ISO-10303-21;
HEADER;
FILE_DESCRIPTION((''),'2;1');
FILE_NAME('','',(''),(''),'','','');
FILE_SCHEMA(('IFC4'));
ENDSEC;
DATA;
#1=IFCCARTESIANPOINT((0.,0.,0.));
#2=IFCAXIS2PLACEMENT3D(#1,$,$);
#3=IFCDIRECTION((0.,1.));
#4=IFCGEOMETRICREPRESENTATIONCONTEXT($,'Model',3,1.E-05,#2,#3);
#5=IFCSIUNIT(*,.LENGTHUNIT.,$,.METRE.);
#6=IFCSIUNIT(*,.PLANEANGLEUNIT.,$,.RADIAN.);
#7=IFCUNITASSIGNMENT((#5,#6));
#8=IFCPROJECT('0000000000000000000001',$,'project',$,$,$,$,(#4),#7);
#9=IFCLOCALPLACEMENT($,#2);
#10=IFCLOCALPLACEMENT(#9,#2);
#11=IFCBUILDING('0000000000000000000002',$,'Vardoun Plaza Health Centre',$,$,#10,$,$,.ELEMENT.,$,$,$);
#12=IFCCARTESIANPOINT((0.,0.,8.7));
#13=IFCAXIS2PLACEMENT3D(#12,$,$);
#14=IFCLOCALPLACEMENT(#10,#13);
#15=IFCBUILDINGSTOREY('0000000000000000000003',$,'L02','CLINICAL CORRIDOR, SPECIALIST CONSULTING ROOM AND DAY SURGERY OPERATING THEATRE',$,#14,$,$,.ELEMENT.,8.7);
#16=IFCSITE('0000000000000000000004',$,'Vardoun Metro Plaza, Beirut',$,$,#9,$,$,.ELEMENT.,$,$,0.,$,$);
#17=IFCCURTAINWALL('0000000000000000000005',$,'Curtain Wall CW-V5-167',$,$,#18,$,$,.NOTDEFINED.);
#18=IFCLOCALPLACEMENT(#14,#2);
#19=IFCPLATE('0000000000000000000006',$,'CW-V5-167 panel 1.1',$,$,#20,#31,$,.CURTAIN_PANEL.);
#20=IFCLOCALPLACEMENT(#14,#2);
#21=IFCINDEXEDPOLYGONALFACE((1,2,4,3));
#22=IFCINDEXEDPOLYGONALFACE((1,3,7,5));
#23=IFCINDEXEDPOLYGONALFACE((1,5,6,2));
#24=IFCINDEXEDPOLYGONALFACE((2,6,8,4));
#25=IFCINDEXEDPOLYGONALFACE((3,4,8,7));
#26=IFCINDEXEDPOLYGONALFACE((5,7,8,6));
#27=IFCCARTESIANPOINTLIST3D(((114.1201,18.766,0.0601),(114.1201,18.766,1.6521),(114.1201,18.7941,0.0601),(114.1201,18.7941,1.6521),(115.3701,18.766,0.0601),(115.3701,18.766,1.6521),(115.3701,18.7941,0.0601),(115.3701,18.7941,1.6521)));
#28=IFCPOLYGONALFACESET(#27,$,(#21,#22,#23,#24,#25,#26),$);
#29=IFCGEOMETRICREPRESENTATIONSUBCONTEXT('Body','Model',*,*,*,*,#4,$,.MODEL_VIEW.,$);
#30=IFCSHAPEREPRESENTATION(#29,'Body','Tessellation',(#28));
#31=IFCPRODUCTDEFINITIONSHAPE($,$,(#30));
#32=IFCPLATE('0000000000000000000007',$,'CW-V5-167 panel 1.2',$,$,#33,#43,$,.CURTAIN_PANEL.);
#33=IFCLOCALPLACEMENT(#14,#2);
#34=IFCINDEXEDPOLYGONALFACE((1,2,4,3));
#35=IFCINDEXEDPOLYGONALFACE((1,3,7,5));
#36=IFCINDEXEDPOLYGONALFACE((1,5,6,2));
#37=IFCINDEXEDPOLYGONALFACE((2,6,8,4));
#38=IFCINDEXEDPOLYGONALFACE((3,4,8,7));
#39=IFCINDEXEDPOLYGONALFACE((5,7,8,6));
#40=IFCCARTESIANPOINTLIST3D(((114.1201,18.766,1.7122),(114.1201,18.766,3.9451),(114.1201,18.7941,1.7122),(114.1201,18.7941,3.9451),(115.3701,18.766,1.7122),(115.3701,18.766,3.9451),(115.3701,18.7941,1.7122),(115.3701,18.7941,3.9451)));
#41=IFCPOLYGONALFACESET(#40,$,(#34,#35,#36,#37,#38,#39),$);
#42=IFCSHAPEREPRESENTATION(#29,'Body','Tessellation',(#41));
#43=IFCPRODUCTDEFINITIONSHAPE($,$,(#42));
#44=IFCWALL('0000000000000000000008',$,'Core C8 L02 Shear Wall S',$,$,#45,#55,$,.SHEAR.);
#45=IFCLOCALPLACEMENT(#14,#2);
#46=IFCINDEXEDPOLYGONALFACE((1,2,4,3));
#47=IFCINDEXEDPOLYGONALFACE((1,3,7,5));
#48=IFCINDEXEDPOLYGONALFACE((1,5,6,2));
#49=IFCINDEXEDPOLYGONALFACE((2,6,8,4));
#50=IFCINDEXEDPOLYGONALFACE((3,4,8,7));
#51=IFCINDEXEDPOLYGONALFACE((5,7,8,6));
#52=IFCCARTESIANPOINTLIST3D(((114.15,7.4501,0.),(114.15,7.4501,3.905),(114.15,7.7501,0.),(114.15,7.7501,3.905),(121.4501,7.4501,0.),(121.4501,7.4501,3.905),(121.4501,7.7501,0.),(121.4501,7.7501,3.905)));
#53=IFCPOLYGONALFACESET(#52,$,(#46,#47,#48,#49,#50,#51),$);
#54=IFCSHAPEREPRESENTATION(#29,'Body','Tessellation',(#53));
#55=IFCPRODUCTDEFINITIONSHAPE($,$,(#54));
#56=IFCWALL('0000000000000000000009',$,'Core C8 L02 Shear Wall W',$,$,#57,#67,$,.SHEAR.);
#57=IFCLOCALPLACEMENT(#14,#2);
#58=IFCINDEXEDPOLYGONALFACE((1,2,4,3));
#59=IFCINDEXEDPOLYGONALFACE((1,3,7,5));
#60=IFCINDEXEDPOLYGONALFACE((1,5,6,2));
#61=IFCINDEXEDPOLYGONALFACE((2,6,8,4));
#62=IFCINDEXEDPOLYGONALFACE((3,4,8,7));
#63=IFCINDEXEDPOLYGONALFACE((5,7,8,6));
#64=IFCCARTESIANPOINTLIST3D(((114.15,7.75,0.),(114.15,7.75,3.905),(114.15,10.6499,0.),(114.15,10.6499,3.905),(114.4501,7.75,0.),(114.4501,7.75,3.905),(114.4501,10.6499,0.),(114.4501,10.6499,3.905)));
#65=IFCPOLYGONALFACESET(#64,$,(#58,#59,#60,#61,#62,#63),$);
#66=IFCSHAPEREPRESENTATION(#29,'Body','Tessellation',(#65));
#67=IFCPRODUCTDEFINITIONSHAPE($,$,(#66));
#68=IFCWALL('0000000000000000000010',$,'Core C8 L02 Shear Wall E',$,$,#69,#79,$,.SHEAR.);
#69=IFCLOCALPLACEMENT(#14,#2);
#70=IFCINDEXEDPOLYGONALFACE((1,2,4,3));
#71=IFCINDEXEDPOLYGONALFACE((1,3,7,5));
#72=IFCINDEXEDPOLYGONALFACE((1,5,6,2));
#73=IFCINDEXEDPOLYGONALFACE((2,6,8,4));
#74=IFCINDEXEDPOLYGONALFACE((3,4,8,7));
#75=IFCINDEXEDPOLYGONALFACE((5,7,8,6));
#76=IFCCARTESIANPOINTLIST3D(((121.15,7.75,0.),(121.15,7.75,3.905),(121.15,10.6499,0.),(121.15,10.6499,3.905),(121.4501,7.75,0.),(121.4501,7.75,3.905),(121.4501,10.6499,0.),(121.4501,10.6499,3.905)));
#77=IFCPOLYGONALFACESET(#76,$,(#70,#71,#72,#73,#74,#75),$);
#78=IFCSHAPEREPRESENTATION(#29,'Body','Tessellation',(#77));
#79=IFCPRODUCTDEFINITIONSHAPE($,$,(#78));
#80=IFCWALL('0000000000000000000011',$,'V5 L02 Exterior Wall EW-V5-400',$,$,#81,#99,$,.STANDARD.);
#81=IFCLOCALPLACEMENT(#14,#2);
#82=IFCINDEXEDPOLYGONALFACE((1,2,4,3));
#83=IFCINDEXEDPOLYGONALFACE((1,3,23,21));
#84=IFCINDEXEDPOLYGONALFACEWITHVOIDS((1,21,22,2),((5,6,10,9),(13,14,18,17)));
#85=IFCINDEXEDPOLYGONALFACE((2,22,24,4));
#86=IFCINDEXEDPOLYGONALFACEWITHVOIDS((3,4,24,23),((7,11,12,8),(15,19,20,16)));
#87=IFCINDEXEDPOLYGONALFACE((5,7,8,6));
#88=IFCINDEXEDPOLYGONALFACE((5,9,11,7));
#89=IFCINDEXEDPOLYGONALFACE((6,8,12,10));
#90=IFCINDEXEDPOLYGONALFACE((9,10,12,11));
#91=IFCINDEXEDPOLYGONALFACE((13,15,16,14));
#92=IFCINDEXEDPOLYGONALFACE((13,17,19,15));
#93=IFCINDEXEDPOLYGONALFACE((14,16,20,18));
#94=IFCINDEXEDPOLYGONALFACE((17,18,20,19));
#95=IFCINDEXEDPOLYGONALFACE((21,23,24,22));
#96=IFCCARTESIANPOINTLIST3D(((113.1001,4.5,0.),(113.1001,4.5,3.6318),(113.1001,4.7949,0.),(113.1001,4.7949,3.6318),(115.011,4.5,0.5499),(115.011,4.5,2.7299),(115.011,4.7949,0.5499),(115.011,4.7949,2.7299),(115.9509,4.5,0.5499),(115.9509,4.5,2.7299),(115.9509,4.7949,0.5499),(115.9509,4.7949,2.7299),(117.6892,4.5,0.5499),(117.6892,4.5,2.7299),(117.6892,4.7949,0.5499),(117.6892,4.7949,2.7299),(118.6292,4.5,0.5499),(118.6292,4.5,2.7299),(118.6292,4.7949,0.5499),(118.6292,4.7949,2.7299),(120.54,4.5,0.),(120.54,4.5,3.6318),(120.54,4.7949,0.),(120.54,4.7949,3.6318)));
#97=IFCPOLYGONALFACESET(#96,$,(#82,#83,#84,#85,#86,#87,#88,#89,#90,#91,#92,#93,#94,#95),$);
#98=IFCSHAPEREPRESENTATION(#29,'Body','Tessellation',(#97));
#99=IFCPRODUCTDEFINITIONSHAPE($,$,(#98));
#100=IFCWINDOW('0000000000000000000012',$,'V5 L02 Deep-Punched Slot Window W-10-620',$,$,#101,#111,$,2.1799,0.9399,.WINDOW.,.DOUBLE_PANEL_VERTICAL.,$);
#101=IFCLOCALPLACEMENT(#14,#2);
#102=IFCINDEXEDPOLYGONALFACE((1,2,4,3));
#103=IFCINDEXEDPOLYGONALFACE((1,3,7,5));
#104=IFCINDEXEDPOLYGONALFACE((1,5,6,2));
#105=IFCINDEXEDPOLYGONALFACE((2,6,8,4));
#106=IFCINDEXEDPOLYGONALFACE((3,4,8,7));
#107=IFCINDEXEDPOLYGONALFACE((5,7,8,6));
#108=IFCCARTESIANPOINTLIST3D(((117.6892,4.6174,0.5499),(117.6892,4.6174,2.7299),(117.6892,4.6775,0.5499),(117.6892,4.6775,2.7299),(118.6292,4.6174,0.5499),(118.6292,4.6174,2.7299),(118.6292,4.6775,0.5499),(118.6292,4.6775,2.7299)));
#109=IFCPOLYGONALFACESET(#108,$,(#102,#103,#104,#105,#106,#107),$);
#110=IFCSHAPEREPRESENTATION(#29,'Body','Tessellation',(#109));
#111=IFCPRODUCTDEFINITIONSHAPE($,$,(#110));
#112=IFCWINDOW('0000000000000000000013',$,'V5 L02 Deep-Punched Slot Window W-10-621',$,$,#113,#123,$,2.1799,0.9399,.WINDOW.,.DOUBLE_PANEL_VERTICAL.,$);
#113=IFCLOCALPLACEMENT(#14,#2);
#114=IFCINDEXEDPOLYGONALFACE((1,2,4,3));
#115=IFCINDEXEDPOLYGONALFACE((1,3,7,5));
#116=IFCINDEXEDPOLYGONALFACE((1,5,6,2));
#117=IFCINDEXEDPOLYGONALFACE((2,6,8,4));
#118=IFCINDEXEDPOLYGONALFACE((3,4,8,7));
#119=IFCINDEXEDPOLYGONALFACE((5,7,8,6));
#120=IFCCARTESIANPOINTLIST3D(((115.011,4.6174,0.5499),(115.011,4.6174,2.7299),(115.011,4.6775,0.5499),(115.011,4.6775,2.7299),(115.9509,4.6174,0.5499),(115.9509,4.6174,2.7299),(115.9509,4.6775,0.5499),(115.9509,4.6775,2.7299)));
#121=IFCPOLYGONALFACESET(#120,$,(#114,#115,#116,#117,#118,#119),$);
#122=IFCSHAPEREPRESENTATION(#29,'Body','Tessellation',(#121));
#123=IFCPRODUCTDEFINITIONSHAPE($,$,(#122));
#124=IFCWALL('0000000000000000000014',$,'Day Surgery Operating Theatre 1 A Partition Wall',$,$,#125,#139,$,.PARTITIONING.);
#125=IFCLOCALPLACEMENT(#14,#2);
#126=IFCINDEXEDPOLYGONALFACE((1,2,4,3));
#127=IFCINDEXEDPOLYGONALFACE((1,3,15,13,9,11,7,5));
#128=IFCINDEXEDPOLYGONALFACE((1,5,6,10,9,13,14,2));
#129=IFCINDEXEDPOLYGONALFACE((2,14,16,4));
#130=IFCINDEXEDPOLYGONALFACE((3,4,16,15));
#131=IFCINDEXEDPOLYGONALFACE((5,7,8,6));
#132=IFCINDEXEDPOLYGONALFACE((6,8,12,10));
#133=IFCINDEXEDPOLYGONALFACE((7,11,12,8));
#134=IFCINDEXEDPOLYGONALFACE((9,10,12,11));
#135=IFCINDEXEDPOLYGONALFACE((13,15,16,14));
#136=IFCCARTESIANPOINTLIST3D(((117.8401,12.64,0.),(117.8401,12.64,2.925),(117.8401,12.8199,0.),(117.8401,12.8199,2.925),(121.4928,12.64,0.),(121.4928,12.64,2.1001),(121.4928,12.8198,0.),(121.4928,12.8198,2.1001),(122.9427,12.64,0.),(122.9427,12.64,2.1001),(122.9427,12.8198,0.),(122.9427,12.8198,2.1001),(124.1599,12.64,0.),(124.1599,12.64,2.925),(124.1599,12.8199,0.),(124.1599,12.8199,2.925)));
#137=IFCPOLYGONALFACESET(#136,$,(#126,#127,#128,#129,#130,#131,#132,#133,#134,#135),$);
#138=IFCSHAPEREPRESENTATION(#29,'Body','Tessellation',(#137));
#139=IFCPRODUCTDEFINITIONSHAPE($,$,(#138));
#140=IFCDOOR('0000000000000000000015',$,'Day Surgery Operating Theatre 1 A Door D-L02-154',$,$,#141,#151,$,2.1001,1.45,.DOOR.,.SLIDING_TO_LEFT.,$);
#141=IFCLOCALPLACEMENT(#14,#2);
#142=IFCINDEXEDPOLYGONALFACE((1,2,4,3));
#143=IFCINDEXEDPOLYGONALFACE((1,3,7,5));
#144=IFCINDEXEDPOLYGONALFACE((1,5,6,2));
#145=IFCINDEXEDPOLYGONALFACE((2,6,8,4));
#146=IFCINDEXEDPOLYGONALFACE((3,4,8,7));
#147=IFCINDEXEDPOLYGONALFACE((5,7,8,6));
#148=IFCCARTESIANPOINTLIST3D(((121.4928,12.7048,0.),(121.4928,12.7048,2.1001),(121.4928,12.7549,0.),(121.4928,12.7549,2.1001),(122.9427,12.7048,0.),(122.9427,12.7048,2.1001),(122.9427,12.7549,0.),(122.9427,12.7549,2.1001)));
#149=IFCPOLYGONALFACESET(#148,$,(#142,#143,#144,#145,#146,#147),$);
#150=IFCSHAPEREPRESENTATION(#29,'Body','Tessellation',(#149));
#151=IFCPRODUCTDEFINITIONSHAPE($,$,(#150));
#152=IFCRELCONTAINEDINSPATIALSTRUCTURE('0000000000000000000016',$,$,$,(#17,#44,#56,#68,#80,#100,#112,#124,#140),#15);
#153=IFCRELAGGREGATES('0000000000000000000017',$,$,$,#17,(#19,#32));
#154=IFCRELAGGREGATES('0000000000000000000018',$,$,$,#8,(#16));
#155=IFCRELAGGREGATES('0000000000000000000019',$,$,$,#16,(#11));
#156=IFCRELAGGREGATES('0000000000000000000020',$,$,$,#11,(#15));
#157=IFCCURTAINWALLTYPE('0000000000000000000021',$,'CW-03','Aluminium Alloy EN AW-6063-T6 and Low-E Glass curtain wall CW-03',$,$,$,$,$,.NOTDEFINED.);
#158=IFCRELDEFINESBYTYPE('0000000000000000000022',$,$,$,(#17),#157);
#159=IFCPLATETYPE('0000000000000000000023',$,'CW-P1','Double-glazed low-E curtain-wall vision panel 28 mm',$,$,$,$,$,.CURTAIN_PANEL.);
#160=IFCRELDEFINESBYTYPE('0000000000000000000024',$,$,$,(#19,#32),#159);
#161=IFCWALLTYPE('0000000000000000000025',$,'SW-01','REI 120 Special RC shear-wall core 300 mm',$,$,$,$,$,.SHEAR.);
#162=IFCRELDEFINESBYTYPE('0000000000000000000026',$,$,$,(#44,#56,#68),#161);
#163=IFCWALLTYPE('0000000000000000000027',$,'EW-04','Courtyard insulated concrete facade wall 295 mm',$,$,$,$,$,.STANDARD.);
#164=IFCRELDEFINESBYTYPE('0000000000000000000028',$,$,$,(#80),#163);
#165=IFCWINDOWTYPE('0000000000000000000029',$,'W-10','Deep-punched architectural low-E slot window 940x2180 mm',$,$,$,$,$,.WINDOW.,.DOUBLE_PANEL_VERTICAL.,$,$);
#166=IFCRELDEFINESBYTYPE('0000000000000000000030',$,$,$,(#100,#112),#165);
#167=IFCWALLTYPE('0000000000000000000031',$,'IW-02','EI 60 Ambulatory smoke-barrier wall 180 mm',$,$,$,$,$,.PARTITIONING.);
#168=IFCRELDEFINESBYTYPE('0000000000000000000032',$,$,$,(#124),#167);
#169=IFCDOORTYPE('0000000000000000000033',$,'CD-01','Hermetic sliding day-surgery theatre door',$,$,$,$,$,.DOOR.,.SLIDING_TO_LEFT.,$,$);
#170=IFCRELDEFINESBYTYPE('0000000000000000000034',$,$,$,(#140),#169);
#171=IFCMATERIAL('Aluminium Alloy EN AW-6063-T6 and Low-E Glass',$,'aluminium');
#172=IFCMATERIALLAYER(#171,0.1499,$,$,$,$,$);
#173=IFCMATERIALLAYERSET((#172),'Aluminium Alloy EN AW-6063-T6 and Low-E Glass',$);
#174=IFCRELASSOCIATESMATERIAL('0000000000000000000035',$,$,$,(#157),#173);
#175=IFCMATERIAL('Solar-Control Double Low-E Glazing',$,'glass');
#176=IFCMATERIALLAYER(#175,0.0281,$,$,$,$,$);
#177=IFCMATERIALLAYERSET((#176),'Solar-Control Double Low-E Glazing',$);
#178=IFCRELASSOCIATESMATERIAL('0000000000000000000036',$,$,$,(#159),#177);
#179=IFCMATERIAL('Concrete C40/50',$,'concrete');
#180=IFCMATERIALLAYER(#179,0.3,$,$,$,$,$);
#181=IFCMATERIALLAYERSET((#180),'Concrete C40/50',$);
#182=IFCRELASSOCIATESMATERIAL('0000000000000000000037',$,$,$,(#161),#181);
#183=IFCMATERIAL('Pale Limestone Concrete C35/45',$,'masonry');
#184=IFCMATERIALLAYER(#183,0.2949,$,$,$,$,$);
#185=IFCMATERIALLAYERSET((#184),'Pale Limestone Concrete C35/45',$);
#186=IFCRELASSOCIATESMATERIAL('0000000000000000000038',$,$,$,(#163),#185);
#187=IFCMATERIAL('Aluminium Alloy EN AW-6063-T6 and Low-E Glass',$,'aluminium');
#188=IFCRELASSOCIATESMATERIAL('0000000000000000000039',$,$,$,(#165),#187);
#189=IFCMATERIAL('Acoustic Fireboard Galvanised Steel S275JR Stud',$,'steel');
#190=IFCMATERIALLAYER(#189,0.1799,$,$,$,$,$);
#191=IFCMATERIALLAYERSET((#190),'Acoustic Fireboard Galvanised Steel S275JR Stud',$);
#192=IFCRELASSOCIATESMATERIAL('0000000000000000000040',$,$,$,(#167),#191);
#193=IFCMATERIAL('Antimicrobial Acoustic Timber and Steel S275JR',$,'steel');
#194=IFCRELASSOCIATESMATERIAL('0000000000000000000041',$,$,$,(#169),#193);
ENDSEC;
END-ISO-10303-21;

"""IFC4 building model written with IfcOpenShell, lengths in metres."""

from ifc_helpers import new_model, si_unit, direction, frame, frame_2d, origin, origin_2d, place, context, subcontext, project, spatial, rectangle, extrude, material, layer, layer_set, type_object, element, fill, aggregate, save


model = new_model("IFC4")

# Units and contexts
model_context = context("Model", 3, precision=1e-05, world=origin(), true_north=direction((0.0, 1.0)))
body_context = subcontext(model_context, "Body", "Model", "MODEL_VIEW")
ifc_project = project(units=[si_unit("LENGTHUNIT", "METRE"), si_unit("PLANEANGLEUNIT", "RADIAN")], contexts=[model_context])

# Site, building, storey
site_placement = place(None, origin())
site = spatial("IfcSite", under=ifc_project, at=site_placement, Name="Vardoun Metro Plaza, Beirut", CompositionType="ELEMENT", RefElevation=0.0)
building_placement = place(site_placement, origin())
building = spatial("IfcBuilding", under=site, at=building_placement, Name="Vardoun Plaza Health Centre", CompositionType="ELEMENT")
storey_placement = place(building_placement, frame((0.0, 0.0, 8.7)))
storey = spatial("IfcBuildingStorey", under=building, at=storey_placement, Name="L02", Description="CLINICAL CORRIDOR, SPECIALIST CONSULTING ROOM AND DAY SURGERY OPERATING THEATRE", CompositionType="ELEMENT", Elevation=8.7)

# Curtain wall
ifc_material_1 = material(Name="Aluminium Alloy EN AW-6063-T6 and Low-E Glass", Category="aluminium")
ifc_layer_1 = layer(ifc_material_1, 0.1499)
ifc_layer_set_1 = layer_set([ifc_layer_1], Name="Aluminium Alloy EN AW-6063-T6 and Low-E Glass")
curtain_wall_type = type_object("IfcCurtainWallType", Name="CW-03", Description="Aluminium Alloy EN AW-6063-T6 and Low-E Glass curtain wall CW-03", PredefinedType="NOTDEFINED", material=ifc_layer_set_1)
curtain_wall_placement = place(storey_placement, origin())
curtain_wall = element("IfcCurtainWall", 1, at=curtain_wall_placement, inside=storey, type_object=curtain_wall_type, Name="Curtain Wall CW-V5-167", PredefinedType="NOTDEFINED")

# Plates
ifc_material_2 = material(Name="Solar-Control Double Low-E Glazing", Category="glass")
ifc_layer_2 = layer(ifc_material_2, 0.0281)
ifc_layer_set_2 = layer_set([ifc_layer_2], Name="Solar-Control Double Low-E Glazing")
plate_type = type_object("IfcPlateType", Name="CW-P1", Description="Double-glazed low-E curtain-wall vision panel 28 mm", PredefinedType="CURTAIN_PANEL", material=ifc_layer_set_2)
plate_1_placement = place(storey_placement, frame((114.7451, 18.78, 0.0601), z_axis=(0.0, 0.0, 1.0), x_axis=(1.0, 0.0, 0.0)))
plate_1 = element("IfcPlate", 2, at=plate_1_placement, type_object=plate_type, Name="CW-V5-167 panel 1.1", PredefinedType="CURTAIN_PANEL", context=body_context, shape_type="SweptSolid", body=[
    extrude(rectangle(XDim=1.25, YDim=0.0281, at=origin_2d()), origin(), (0.0, 0.0, 1.0), 1.592),
])
plate_2_placement = place(storey_placement, frame((114.7451, 18.78, 1.7122), z_axis=(0.0, 0.0, 1.0), x_axis=(1.0, 0.0, 0.0)))
plate_2 = element("IfcPlate", 3, at=plate_2_placement, type_object=plate_type, Name="CW-V5-167 panel 1.2", PredefinedType="CURTAIN_PANEL", context=body_context, shape_type="SweptSolid", body=[
    extrude(rectangle(XDim=1.25, YDim=0.0281, at=origin_2d()), origin(), (0.0, 0.0, 1.0), 2.2329),
])
aggregate(curtain_wall, [plate_1, plate_2])

# Walls
ifc_material_3 = material(Name="Concrete C40/50", Category="concrete")
ifc_layer_3 = layer(ifc_material_3, 0.3)
ifc_layer_set_3 = layer_set([ifc_layer_3], Name="Concrete C40/50")
wall_type_1 = type_object("IfcWallType", Name="SW-01", Description="REI 120 Special RC shear-wall core 300 mm", PredefinedType="SHEAR", material=ifc_layer_set_3)
wall_1_placement = place(storey_placement, frame((121.45, 7.6001, 0.0), z_axis=(0.0, 0.0, 1.0), x_axis=(-1.0, 0.0, 0.0)))
element("IfcWall", 4, at=wall_1_placement, inside=storey, type_object=wall_type_1, Name="Core C8 L02 Shear Wall S", PredefinedType="SHEAR", context=body_context, shape_type="SweptSolid", body=[
    extrude(rectangle(XDim=7.3, YDim=0.3, at=frame_2d((3.6499, 0.0))), origin(), (0.0, 0.0, 1.0), 3.905),
])
wall_2_placement = place(storey_placement, frame((114.3, 7.75, 0.0), z_axis=(0.0, 0.0, 1.0), x_axis=(0.0, 1.0, 0.0)))
element("IfcWall", 5, at=wall_2_placement, inside=storey, type_object=wall_type_1, Name="Core C8 L02 Shear Wall W", PredefinedType="SHEAR", context=body_context, shape_type="SweptSolid", body=[
    extrude(rectangle(XDim=2.8999, YDim=0.3, at=frame_2d((1.45, 0.0))), origin(), (0.0, 0.0, 1.0), 3.905),
])

# Wall
wall_3_placement = place(storey_placement, frame((121.3, 10.6499, 0.0), z_axis=(0.0, 0.0, 1.0), x_axis=(0.0, -1.0, 0.0)))
element("IfcWall", 6, at=wall_3_placement, inside=storey, type_object=wall_type_1, Name="Core C8 L02 Shear Wall E", PredefinedType="SHEAR", context=body_context, shape_type="SweptSolid", body=[
    extrude(rectangle(XDim=2.8999, YDim=0.3, at=frame_2d((1.45, 0.0))), origin(), (0.0, 0.0, 1.0), 3.905),
])

# Wall, openings, windows
ifc_material_4 = material(Name="Pale Limestone Concrete C35/45", Category="masonry")
ifc_layer_4 = layer(ifc_material_4, 0.2949)
ifc_layer_set_4 = layer_set([ifc_layer_4], Name="Pale Limestone Concrete C35/45")
wall_type_2 = type_object("IfcWallType", Name="EW-04", Description="Courtyard insulated concrete facade wall 295 mm", PredefinedType="STANDARD", material=ifc_layer_set_4)
wall_4_placement = place(storey_placement, frame((120.54, 4.6475, 0.0), z_axis=(0.0, 0.0, 1.0), x_axis=(-1.0, 0.0, 0.0)))
wall_4 = element("IfcWall", 7, at=wall_4_placement, inside=storey, type_object=wall_type_2, Name="V5 L02 Exterior Wall EW-V5-400", PredefinedType="STANDARD", context=body_context, shape_type="SweptSolid", body=[
    extrude(rectangle(XDim=7.4399, YDim=0.2949, at=frame_2d((3.72, 0.0))), origin(), (0.0, 0.0, 1.0), 3.6318),
])
opening_1_placement = place(wall_4_placement, frame((1.9109, 0.0, 0.55)))
opening_1 = element("IfcOpeningElement", 8, at=opening_1_placement, cuts=wall_4, PredefinedType="OPENING", context=body_context, shape_type="SweptSolid", body=[
    extrude(rectangle(XDim=0.9399, YDim=2.1799, at=frame_2d((0.47, 1.0898))), frame((0.0, 0.1475, 0.0), z_axis=(0.0, -1.0, 0.0), x_axis=(1.0, 0.0, 0.0)), (0.0, 0.0, 1.0), 0.2949),
])
opening_2_placement = place(wall_4_placement, frame((4.5891, 0.0, 0.55)))
opening_2 = element("IfcOpeningElement", 9, at=opening_2_placement, cuts=wall_4, PredefinedType="OPENING", context=body_context, shape_type="SweptSolid", body=[
    extrude(rectangle(XDim=0.9399, YDim=2.1799, at=frame_2d((0.47, 1.0898))), frame((0.0, 0.1475, 0.0), z_axis=(0.0, -1.0, 0.0), x_axis=(1.0, 0.0, 0.0)), (0.0, 0.0, 1.0), 0.2949),
])
ifc_material_5 = material(Name="Aluminium Alloy EN AW-6063-T6 and Low-E Glass", Category="aluminium")
window_type = type_object("IfcWindowType", Name="W-10", Description="Deep-punched architectural low-E slot window 940x2180 mm", PartitioningType="DOUBLE_PANEL_VERTICAL", PredefinedType="WINDOW", material=ifc_material_5)
window_1_placement = place(opening_1_placement, origin())
window_1 = element("IfcWindow", 10, at=window_1_placement, inside=storey, type_object=window_type, Name="V5 L02 Deep-Punched Slot Window W-10-620", OverallHeight=2.1799, OverallWidth=0.9399, PartitioningType="DOUBLE_PANEL_VERTICAL", PredefinedType="WINDOW", context=body_context, shape_type="SweptSolid", body=[
    extrude(rectangle(XDim=0.9399, YDim=2.1799, at=frame_2d((0.47, 1.0898))), frame((0.0, 0.03, 0.0), z_axis=(0.0, -1.0, 0.0), x_axis=(1.0, 0.0, 0.0)), (0.0, 0.0, 1.0), 0.0601),
])
fill(opening_1, window_1)
window_2_placement = place(opening_2_placement, origin())
window_2 = element("IfcWindow", 11, at=window_2_placement, inside=storey, type_object=window_type, Name="V5 L02 Deep-Punched Slot Window W-10-621", OverallHeight=2.1799, OverallWidth=0.9399, PartitioningType="DOUBLE_PANEL_VERTICAL", PredefinedType="WINDOW", context=body_context, shape_type="SweptSolid", body=[
    extrude(rectangle(XDim=0.9399, YDim=2.1799, at=frame_2d((0.47, 1.0898))), frame((0.0, 0.03, 0.0), z_axis=(0.0, -1.0, 0.0), x_axis=(1.0, 0.0, 0.0)), (0.0, 0.0, 1.0), 0.0601),
])
fill(opening_2, window_2)

# Wall, opening, door
ifc_material_6 = material(Name="Acoustic Fireboard Galvanised Steel S275JR Stud", Category="steel")
ifc_layer_5 = layer(ifc_material_6, 0.1799)
ifc_layer_set_5 = layer_set([ifc_layer_5], Name="Acoustic Fireboard Galvanised Steel S275JR Stud")
wall_type_3 = type_object("IfcWallType", Name="IW-02", Description="EI 60 Ambulatory smoke-barrier wall 180 mm", PredefinedType="PARTITIONING", material=ifc_layer_set_5)
wall_5_placement = place(storey_placement, frame((117.8401, 12.73, 0.0), z_axis=(0.0, 0.0, 1.0), x_axis=(1.0, 0.0, 0.0)))
wall_5 = element("IfcWall", 12, at=wall_5_placement, inside=storey, type_object=wall_type_3, Name="Day Surgery Operating Theatre 1 A Partition Wall", PredefinedType="PARTITIONING", context=body_context, shape_type="SweptSolid", body=[
    extrude(rectangle(XDim=6.3198, YDim=0.1799, at=frame_2d((3.1599, 0.0))), origin(), (0.0, 0.0, 1.0), 2.925),
])
opening_3_placement = place(wall_5_placement, frame((3.6526, 0.0, 0.0)))
opening_3 = element("IfcOpeningElement", 13, at=opening_3_placement, cuts=wall_5, PredefinedType="OPENING", context=body_context, shape_type="SweptSolid", body=[
    extrude(rectangle(XDim=1.45, YDim=2.1001, at=frame_2d((0.7251, 1.05))), frame((0.0, 0.0898, 0.0), z_axis=(0.0, -1.0, 0.0), x_axis=(1.0, 0.0, 0.0)), (0.0, 0.0, 1.0), 0.1799),
])
ifc_material_7 = material(Name="Antimicrobial Acoustic Timber and Steel S275JR", Category="steel")
door_type_1 = type_object("IfcDoorType", Name="CD-01", Description="Hermetic sliding day-surgery theatre door", OperationType="SLIDING_TO_LEFT", PredefinedType="DOOR", material=ifc_material_7)
door_1_placement = place(opening_3_placement, origin())
door_1 = element("IfcDoor", 14, at=door_1_placement, inside=storey, type_object=door_type_1, Name="Day Surgery Operating Theatre 1 A Door D-L02-154", OperationType="SLIDING_TO_LEFT", OverallHeight=2.1001, OverallWidth=1.45, PredefinedType="DOOR", context=body_context, shape_type="SweptSolid", body=[
    extrude(rectangle(XDim=1.45, YDim=2.1001, at=frame_2d((0.7251, 1.05))), frame((0.0, 0.0249, 0.0), z_axis=(0.0, -1.0, 0.0), x_axis=(1.0, 0.0, 0.0)), (0.0, 0.0, 1.0), 0.05),
])
fill(opening_3, door_1)

save(model, "model.ifc")
